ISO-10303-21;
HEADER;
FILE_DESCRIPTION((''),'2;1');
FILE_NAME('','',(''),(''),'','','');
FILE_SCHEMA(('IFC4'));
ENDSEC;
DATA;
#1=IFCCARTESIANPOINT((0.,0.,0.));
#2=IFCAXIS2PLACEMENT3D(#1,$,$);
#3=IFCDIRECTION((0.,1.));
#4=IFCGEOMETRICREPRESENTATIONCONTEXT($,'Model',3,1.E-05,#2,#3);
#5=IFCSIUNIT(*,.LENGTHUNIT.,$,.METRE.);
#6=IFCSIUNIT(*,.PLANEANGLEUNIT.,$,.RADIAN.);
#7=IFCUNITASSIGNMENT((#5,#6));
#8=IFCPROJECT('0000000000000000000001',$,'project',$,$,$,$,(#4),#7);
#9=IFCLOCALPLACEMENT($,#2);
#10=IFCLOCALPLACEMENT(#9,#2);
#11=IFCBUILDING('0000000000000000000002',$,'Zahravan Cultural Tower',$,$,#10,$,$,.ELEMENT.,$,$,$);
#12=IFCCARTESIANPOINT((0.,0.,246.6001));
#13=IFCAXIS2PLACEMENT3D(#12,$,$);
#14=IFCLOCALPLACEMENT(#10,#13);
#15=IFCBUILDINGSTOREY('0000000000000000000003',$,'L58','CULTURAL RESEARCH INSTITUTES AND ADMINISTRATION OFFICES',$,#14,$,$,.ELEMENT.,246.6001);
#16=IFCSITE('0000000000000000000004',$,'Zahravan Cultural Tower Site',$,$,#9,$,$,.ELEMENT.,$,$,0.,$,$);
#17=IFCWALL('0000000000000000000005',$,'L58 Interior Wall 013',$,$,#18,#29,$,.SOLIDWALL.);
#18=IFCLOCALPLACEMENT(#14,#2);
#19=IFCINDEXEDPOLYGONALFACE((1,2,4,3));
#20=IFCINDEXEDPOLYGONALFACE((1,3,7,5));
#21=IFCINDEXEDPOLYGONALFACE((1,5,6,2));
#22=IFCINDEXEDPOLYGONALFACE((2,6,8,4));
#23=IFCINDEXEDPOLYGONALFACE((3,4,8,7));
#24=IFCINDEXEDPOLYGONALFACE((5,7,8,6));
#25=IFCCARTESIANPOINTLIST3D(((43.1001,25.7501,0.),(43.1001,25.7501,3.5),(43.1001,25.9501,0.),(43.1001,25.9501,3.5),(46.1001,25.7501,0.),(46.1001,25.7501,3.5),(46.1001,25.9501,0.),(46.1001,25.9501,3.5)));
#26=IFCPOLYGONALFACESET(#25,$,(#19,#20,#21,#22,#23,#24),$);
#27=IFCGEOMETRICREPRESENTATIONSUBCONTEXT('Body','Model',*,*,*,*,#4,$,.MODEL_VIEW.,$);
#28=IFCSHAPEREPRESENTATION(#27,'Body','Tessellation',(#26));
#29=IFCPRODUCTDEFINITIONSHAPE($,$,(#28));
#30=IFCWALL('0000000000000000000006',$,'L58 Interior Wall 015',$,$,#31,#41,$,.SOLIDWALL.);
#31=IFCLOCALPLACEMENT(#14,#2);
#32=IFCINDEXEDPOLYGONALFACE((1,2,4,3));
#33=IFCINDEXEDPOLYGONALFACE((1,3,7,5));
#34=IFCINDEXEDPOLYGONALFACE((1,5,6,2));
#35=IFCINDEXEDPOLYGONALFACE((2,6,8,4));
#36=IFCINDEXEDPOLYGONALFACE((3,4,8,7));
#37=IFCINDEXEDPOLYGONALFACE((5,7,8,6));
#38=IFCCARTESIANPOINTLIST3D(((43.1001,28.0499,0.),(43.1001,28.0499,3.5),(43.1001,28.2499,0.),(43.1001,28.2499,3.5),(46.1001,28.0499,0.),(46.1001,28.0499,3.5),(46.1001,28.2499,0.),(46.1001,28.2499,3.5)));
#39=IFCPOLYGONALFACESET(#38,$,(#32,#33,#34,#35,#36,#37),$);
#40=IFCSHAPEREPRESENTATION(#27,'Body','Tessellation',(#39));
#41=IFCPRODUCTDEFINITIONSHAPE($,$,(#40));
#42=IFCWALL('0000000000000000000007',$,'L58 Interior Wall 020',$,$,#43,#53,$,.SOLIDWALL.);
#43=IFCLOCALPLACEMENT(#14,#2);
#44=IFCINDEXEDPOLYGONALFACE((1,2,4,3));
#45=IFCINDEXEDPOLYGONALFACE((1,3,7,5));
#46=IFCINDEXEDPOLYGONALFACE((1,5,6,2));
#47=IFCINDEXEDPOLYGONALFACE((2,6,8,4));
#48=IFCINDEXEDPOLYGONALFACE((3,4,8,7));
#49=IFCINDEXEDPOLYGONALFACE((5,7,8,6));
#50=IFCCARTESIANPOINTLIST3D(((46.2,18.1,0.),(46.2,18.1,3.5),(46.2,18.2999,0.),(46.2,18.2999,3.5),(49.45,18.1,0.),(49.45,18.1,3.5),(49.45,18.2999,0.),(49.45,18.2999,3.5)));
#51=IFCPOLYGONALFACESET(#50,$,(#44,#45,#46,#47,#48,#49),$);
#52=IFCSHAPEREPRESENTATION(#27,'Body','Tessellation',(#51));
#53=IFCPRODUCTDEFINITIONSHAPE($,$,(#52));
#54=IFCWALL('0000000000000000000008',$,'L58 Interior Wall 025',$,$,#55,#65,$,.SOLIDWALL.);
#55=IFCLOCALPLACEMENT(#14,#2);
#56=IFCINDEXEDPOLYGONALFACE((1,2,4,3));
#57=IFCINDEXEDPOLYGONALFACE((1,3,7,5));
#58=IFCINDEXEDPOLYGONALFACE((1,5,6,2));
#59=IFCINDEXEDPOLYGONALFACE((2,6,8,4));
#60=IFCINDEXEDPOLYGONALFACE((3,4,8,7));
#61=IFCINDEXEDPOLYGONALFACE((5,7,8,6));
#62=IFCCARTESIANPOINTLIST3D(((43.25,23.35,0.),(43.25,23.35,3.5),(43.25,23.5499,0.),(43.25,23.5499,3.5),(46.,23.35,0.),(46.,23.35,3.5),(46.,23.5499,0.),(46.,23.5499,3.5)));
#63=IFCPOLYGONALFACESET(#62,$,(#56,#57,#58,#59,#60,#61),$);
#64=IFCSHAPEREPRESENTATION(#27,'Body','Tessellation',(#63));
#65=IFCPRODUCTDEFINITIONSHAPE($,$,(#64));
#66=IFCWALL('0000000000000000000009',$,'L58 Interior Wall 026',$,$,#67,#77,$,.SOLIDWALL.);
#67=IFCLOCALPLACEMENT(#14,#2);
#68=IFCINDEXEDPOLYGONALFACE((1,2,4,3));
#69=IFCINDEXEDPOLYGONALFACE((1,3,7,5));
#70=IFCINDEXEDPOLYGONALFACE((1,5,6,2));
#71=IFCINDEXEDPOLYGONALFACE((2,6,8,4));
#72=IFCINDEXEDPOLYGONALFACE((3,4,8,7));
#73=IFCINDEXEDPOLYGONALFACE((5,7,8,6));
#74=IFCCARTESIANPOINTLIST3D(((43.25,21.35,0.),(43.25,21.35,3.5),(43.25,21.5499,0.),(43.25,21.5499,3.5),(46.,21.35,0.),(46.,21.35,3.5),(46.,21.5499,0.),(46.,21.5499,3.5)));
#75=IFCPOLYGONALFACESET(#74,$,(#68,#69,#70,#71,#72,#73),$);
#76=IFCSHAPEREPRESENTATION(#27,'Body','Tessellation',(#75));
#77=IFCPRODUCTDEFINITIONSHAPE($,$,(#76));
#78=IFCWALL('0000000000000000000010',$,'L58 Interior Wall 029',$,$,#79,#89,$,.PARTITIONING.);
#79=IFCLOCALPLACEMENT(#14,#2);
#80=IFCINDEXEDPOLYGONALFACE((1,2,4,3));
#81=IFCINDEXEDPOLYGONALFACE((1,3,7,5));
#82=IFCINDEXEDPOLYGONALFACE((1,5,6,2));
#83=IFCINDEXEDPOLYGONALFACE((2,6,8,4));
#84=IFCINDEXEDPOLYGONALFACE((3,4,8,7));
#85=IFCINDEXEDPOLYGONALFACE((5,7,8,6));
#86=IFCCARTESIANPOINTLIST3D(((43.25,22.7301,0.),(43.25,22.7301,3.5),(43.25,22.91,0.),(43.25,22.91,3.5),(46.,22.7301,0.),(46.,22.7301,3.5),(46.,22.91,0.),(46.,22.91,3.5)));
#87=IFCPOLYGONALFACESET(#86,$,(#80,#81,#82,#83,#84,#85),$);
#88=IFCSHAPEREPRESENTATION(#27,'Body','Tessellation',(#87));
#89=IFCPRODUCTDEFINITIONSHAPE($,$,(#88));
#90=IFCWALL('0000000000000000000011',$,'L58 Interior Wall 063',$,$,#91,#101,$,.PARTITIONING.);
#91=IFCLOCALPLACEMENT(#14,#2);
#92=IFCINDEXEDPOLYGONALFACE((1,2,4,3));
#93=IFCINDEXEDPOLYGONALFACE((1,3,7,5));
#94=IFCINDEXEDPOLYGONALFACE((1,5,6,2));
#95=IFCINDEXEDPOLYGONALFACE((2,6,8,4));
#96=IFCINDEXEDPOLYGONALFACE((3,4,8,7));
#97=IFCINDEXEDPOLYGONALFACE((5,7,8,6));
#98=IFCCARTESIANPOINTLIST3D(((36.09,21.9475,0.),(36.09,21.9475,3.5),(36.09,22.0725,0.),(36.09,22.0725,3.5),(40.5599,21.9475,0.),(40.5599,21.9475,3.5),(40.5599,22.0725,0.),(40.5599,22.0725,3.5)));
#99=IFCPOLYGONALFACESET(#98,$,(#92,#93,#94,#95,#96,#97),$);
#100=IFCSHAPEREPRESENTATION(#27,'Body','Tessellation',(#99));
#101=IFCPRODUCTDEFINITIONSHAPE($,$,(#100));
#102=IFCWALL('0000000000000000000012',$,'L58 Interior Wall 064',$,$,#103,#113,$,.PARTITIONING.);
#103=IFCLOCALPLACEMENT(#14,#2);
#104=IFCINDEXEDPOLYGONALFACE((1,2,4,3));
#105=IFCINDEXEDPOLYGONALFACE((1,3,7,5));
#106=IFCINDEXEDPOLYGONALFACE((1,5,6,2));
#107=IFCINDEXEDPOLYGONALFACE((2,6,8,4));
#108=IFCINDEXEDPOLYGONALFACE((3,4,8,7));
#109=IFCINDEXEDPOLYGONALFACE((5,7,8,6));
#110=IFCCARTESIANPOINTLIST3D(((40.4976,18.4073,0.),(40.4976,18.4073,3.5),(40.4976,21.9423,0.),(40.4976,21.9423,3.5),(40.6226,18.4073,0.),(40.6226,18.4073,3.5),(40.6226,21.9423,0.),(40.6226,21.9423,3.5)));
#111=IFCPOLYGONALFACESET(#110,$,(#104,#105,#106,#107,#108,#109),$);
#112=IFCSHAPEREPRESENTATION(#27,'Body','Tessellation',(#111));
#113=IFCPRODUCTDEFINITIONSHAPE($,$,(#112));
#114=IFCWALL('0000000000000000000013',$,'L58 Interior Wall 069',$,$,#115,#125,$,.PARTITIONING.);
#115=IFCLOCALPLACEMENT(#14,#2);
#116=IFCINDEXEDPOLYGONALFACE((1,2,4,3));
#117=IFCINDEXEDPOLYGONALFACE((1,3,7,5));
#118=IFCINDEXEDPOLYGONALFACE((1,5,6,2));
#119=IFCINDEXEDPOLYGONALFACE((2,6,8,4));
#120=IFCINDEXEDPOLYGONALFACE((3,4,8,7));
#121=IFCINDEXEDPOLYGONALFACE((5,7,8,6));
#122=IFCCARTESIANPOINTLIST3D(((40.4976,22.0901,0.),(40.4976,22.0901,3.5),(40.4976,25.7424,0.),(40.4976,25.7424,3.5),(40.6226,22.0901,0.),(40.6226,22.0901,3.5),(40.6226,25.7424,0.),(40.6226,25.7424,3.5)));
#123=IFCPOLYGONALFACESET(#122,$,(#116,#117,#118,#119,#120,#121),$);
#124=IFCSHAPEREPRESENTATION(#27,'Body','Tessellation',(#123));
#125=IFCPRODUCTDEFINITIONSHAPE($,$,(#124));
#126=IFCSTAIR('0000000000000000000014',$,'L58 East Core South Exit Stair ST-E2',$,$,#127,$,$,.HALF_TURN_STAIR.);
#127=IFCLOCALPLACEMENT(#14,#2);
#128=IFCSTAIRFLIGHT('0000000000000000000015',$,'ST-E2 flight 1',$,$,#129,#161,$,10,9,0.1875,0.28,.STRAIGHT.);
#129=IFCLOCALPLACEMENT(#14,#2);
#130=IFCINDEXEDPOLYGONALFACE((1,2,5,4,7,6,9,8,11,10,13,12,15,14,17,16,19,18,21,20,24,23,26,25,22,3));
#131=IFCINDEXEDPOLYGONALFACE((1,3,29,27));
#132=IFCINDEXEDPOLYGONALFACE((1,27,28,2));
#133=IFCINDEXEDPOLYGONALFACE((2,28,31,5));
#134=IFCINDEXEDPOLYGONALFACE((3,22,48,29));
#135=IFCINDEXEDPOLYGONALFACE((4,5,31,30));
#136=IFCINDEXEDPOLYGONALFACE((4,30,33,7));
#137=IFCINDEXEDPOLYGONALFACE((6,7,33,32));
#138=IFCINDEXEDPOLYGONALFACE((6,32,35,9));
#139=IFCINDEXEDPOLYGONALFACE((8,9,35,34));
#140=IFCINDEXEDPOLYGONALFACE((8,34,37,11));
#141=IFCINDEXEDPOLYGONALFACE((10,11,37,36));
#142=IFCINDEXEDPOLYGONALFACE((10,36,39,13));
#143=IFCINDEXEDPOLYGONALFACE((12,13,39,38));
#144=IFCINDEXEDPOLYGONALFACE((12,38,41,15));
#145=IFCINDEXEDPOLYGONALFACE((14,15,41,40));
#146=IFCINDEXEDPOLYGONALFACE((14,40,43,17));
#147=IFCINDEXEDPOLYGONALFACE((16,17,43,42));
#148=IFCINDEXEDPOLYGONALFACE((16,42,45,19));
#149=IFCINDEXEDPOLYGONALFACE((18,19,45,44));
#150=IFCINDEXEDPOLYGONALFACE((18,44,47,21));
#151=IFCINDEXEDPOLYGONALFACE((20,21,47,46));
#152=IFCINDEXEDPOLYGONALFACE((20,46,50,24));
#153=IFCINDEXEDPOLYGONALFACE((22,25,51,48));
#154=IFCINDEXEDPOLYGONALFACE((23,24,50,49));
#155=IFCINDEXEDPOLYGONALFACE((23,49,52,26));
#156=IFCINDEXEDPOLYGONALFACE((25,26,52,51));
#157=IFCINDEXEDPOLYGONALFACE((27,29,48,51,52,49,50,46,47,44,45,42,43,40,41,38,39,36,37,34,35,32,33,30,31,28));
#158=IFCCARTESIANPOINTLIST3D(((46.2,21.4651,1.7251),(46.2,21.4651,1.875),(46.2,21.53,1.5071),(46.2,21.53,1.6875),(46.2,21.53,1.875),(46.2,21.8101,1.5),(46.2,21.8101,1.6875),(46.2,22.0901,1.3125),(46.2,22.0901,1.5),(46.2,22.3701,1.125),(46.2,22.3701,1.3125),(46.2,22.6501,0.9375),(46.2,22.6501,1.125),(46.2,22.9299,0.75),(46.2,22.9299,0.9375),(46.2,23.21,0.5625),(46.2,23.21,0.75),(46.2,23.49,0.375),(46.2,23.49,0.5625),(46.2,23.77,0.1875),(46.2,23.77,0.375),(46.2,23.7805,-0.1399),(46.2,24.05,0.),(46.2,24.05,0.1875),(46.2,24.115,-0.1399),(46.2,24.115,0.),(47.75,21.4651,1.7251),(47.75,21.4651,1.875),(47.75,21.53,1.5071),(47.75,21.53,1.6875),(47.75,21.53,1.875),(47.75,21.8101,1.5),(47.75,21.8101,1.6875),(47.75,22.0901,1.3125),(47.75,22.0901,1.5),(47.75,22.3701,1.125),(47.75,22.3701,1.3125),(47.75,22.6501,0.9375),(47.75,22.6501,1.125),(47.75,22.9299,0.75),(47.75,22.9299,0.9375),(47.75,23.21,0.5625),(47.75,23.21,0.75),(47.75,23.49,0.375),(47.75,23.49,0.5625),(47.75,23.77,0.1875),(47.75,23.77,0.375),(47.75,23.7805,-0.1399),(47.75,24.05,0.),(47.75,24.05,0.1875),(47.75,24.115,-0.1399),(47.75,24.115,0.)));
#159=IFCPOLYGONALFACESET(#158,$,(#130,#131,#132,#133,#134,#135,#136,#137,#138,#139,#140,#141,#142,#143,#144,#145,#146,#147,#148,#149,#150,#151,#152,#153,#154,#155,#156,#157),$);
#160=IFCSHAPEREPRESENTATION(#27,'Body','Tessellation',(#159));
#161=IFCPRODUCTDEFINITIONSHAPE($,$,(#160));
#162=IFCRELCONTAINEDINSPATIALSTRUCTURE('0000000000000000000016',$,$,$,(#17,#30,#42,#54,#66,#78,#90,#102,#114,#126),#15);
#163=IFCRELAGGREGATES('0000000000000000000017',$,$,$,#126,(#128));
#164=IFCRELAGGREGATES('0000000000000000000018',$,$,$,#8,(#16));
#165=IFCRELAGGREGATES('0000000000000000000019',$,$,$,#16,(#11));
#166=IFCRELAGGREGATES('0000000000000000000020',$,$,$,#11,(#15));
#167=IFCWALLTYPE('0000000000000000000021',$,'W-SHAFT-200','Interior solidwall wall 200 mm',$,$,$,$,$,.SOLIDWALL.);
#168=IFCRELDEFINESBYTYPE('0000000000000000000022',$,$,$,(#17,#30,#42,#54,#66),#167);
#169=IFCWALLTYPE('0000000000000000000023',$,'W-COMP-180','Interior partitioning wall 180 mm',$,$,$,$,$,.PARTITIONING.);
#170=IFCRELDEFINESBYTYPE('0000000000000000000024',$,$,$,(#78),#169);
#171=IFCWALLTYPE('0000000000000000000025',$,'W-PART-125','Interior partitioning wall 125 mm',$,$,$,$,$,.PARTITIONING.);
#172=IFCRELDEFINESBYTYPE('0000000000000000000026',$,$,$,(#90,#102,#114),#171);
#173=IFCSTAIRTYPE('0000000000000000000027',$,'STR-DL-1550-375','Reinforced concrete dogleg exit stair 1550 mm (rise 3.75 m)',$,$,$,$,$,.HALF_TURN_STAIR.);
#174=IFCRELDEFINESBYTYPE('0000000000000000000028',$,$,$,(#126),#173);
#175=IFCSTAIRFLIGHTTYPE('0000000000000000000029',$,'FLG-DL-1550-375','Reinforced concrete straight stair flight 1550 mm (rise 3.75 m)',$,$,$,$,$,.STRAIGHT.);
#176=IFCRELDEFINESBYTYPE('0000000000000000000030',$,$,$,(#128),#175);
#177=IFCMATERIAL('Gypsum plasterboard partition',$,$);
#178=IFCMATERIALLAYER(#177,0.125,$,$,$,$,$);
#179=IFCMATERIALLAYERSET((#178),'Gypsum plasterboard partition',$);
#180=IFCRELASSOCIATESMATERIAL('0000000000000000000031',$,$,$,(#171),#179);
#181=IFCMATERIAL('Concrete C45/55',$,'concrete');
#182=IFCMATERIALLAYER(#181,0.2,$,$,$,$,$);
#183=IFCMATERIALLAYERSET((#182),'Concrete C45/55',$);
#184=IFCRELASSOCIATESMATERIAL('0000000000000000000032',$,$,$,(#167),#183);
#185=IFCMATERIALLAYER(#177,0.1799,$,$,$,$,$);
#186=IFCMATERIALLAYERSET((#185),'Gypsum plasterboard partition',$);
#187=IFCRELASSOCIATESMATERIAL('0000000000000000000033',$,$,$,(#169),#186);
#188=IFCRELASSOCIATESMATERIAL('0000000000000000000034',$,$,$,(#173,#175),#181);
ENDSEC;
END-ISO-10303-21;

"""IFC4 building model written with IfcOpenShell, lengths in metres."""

from ifc_helpers import new_model, si_unit, direction, frame, frame_2d, origin, place, context, subcontext, project, spatial, polyline, rectangle, outline, extrude, source, transform, mapped, material, layer, layer_set, type_object, element, aggregate, save


model = new_model("IFC4")

# Units and contexts
model_context = context("Model", 3, precision=1e-05, world=origin(), true_north=direction((0.0, 1.0)))
body_context = subcontext(model_context, "Body", "Model", "MODEL_VIEW")
ifc_project = project(units=[si_unit("LENGTHUNIT", "METRE"), si_unit("PLANEANGLEUNIT", "RADIAN")], contexts=[model_context])

# Site, building, storey
site_placement = place(None, origin())
site = spatial("IfcSite", under=ifc_project, at=site_placement, Name="Zahravan Cultural Tower Site", CompositionType="ELEMENT", RefElevation=0.0)
building_placement = place(site_placement, origin())
building = spatial("IfcBuilding", under=site, at=building_placement, Name="Zahravan Cultural Tower", CompositionType="ELEMENT")
storey_placement = place(building_placement, frame((0.0, 0.0, 246.6001)))
storey = spatial("IfcBuildingStorey", under=building, at=storey_placement, Name="L58", Description="CULTURAL RESEARCH INSTITUTES AND ADMINISTRATION OFFICES", CompositionType="ELEMENT", Elevation=246.6001)

# Shared definitions
ifc_material_1 = material(Name="Gypsum plasterboard partition")
ifc_layer_1 = layer(ifc_material_1, 0.125)
ifc_layer_set_1 = layer_set([ifc_layer_1], Name="Gypsum plasterboard partition")
wall_type_1 = type_object("IfcWallType", Name="W-PART-125", Description="Interior partitioning wall 125 mm", PredefinedType="PARTITIONING", material=ifc_layer_set_1)
ifc_material_2 = material(Name="Concrete C45/55", Category="concrete")
ifc_layer_2 = layer(ifc_material_2, 0.2)
ifc_layer_set_2 = layer_set([ifc_layer_2], Name="Concrete C45/55")
wall_type_2 = type_object("IfcWallType", Name="W-SHAFT-200", Description="Interior solidwall wall 200 mm", PredefinedType="SOLIDWALL", material=ifc_layer_set_2)

# Walls
shared_shape_1 = source(origin(), body_context, "Body", "SweptSolid", [
    extrude(rectangle(XDim=3.0, YDim=0.2, at=frame_2d((1.5, 0.0))), origin(), (0.0, 0.0, 1.0), 3.5),
])
for number, where, z_axis, x_axis, name in (
    (1, (43.1001, 25.8501, 0.0), (0.0, 0.0, 1.0), (1.0, 0.0, 0.0), "L58 Interior Wall 013"),
    (2, (43.1001, 28.1499, 0.0), (0.0, 0.0, 1.0), (1.0, 0.0, 0.0), "L58 Interior Wall 015"),
):
    element("IfcWall", number, at=place(storey_placement, frame(where, z_axis=z_axis, x_axis=x_axis)), inside=storey, type_object=wall_type_2, Name=name, PredefinedType="SOLIDWALL", context=body_context, shape_type="MappedRepresentation", body=[
        mapped(shared_shape_1, transform((0.0, 0.0, 0.0), x_axis=(1.0, 0.0, 0.0), y_axis=(0.0, 1.0, 0.0), z_axis=(0.0, 0.0, 1.0), scale=1.0)),
    ])
shared_shape_2 = source(origin(), body_context, "Body", "SweptSolid", [
    extrude(rectangle(XDim=3.25, YDim=0.2, at=frame_2d((1.625, 0.0))), origin(), (0.0, 0.0, 1.0), 3.5),
])
wall_1_placement = place(storey_placement, frame((46.2, 18.2, 0.0), z_axis=(0.0, 0.0, 1.0), x_axis=(1.0, 0.0, 0.0)))
element("IfcWall", 3, at=wall_1_placement, inside=storey, type_object=wall_type_2, Name="L58 Interior Wall 020", PredefinedType="SOLIDWALL", context=body_context, shape_type="MappedRepresentation", body=[
    mapped(shared_shape_2, transform((0.0, 0.0, 0.0), x_axis=(1.0, 0.0, 0.0), y_axis=(0.0, 1.0, 0.0), z_axis=(0.0, 0.0, 1.0), scale=1.0)),
])
shared_shape_3 = source(origin(), body_context, "Body", "SweptSolid", [
    extrude(rectangle(XDim=2.75, YDim=0.2, at=frame_2d((1.375, 0.0))), origin(), (0.0, 0.0, 1.0), 3.5),
])
for number, where, z_axis, x_axis, name in (
    (4, (43.25, 23.45, 0.0), (0.0, 0.0, 1.0), (1.0, 0.0, 0.0), "L58 Interior Wall 025"),
    (5, (43.25, 21.45, 0.0), (0.0, 0.0, 1.0), (1.0, 0.0, 0.0), "L58 Interior Wall 026"),
):
    element("IfcWall", number, at=place(storey_placement, frame(where, z_axis=z_axis, x_axis=x_axis)), inside=storey, type_object=wall_type_2, Name=name, PredefinedType="SOLIDWALL", context=body_context, shape_type="MappedRepresentation", body=[
        mapped(shared_shape_3, transform((0.0, 0.0, 0.0), x_axis=(1.0, 0.0, 0.0), y_axis=(0.0, 1.0, 0.0), z_axis=(0.0, 0.0, 1.0), scale=1.0)),
    ])
ifc_layer_3 = layer(ifc_material_1, 0.1799)
ifc_layer_set_3 = layer_set([ifc_layer_3], Name="Gypsum plasterboard partition")
wall_type_3 = type_object("IfcWallType", Name="W-COMP-180", Description="Interior partitioning wall 180 mm", PredefinedType="PARTITIONING", material=ifc_layer_set_3)
shared_shape_4 = source(origin(), body_context, "Body", "SweptSolid", [
    extrude(rectangle(XDim=2.75, YDim=0.1799, at=frame_2d((1.375, 0.0))), origin(), (0.0, 0.0, 1.0), 3.5),
])
wall_2_placement = place(storey_placement, frame((43.25, 22.8201, 0.0), z_axis=(0.0, 0.0, 1.0), x_axis=(1.0, 0.0, 0.0)))
element("IfcWall", 6, at=wall_2_placement, inside=storey, type_object=wall_type_3, Name="L58 Interior Wall 029", PredefinedType="PARTITIONING", context=body_context, shape_type="MappedRepresentation", body=[
    mapped(shared_shape_4, transform((0.0, 0.0, 0.0), x_axis=(1.0, 0.0, 0.0), y_axis=(0.0, 1.0, 0.0), z_axis=(0.0, 0.0, 1.0), scale=1.0)),
])
shared_shape_5 = source(origin(), body_context, "Body", "SweptSolid", [
    extrude(rectangle(XDim=4.47, YDim=0.125, at=frame_2d((2.2349, 0.0))), origin(), (0.0, 0.0, 1.0), 3.5),
])
wall_3_placement = place(storey_placement, frame((36.0901, 22.01, 0.0), z_axis=(0.0, 0.0, 1.0), x_axis=(1.0, 0.0, 0.0)))
element("IfcWall", 7, at=wall_3_placement, inside=storey, type_object=wall_type_1, Name="L58 Interior Wall 063", PredefinedType="PARTITIONING", context=body_context, shape_type="MappedRepresentation", body=[
    mapped(shared_shape_5, transform((0.0, 0.0, 0.0), x_axis=(1.0, 0.0, 0.0), y_axis=(0.0, 1.0, 0.0), z_axis=(0.0, 0.0, 1.0), scale=1.0)),
])
shared_shape_6 = source(origin(), body_context, "Body", "SweptSolid", [
    extrude(rectangle(XDim=3.5349, YDim=0.125, at=frame_2d((1.7676, 0.0))), origin(), (0.0, 0.0, 1.0), 3.5),
])
wall_4_placement = place(storey_placement, frame((40.5601, 21.9424, 0.0), z_axis=(0.0, 0.0, 1.0), x_axis=(0.0, -1.0, 0.0)))
element("IfcWall", 8, at=wall_4_placement, inside=storey, type_object=wall_type_1, Name="L58 Interior Wall 064", PredefinedType="PARTITIONING", context=body_context, shape_type="MappedRepresentation", body=[
    mapped(shared_shape_6, transform((0.0, 0.0, 0.0), x_axis=(1.0, 0.0, 0.0), y_axis=(0.0, 1.0, 0.0), z_axis=(0.0, 0.0, 1.0), scale=1.0)),
])
shared_shape_7 = source(origin(), body_context, "Body", "SweptSolid", [
    extrude(rectangle(XDim=3.6523, YDim=0.125, at=frame_2d((1.8262, 0.0))), origin(), (0.0, 0.0, 1.0), 3.5),
])
wall_5_placement = place(storey_placement, frame((40.5601, 25.7424, 0.0), z_axis=(0.0, 0.0, 1.0), x_axis=(0.0, -1.0, 0.0)))
element("IfcWall", 9, at=wall_5_placement, inside=storey, type_object=wall_type_1, Name="L58 Interior Wall 069", PredefinedType="PARTITIONING", context=body_context, shape_type="MappedRepresentation", body=[
    mapped(shared_shape_7, transform((0.0, 0.0, 0.0), x_axis=(1.0, 0.0, 0.0), y_axis=(0.0, 1.0, 0.0), z_axis=(0.0, 0.0, 1.0), scale=1.0)),
])

# Stair, stair flight
stair_type = type_object("IfcStairType", Name="STR-DL-1550-375", Description="Reinforced concrete dogleg exit stair 1550 mm (rise 3.75 m)", PredefinedType="HALF_TURN_STAIR", material=ifc_material_2)
stair_placement = place(storey_placement, origin())
stair = element("IfcStair", 10, at=stair_placement, inside=storey, type_object=stair_type, Name="L58 East Core South Exit Stair ST-E2", PredefinedType="HALF_TURN_STAIR")
stair_flight_type = type_object("IfcStairFlightType", Name="FLG-DL-1550-375", Description="Reinforced concrete straight stair flight 1550 mm (rise 3.75 m)", PredefinedType="STRAIGHT", material=ifc_material_2)
stair_flight_placement = place(storey_placement, frame((46.9751, 24.05, 0.0), z_axis=(0.0, 0.0, 1.0), x_axis=(0.0, -1.0, 0.0)))
stair_flight = element("IfcStairFlight", 11, at=stair_flight_placement, type_object=stair_flight_type, Name="ST-E2 flight 1", NumberOfRisers=10, NumberOfTreads=9, PredefinedType="STRAIGHT", RiserHeight=0.1875, TreadLength=0.28, context=body_context, shape_type="SweptSolid", body=[
    extrude(outline(polyline([(-0.0649, -0.1399), (-0.0649, 0.0), (0.0, 0.0), (0.0, 0.1875), (0.28, 0.1875), (0.28, 0.375), (0.5601, 0.375), (0.5601, 0.5625), (0.8401, 0.5625), (0.8401, 0.75), (1.1201, 0.75), (1.1201, 0.9375), (1.3999, 0.9375), (1.3999, 1.125), (1.6799, 1.125), (1.6799, 1.3125), (1.96, 1.3125), (1.96, 1.5), (2.24, 1.5), (2.24, 1.6875), (2.52, 1.6875), (2.52, 1.875), (2.585, 1.875), (2.585, 1.7251), (2.52, 1.5071), (0.2695, -0.1399), (-0.0649, -0.1399)])), frame((0.0, 0.7749, 0.0), z_axis=(0.0, -1.0, 0.0), x_axis=(1.0, 0.0, 0.0)), (0.0, 0.0, 1.0), 1.55),
])
aggregate(stair, [stair_flight])

save(model, "model.ifc")
